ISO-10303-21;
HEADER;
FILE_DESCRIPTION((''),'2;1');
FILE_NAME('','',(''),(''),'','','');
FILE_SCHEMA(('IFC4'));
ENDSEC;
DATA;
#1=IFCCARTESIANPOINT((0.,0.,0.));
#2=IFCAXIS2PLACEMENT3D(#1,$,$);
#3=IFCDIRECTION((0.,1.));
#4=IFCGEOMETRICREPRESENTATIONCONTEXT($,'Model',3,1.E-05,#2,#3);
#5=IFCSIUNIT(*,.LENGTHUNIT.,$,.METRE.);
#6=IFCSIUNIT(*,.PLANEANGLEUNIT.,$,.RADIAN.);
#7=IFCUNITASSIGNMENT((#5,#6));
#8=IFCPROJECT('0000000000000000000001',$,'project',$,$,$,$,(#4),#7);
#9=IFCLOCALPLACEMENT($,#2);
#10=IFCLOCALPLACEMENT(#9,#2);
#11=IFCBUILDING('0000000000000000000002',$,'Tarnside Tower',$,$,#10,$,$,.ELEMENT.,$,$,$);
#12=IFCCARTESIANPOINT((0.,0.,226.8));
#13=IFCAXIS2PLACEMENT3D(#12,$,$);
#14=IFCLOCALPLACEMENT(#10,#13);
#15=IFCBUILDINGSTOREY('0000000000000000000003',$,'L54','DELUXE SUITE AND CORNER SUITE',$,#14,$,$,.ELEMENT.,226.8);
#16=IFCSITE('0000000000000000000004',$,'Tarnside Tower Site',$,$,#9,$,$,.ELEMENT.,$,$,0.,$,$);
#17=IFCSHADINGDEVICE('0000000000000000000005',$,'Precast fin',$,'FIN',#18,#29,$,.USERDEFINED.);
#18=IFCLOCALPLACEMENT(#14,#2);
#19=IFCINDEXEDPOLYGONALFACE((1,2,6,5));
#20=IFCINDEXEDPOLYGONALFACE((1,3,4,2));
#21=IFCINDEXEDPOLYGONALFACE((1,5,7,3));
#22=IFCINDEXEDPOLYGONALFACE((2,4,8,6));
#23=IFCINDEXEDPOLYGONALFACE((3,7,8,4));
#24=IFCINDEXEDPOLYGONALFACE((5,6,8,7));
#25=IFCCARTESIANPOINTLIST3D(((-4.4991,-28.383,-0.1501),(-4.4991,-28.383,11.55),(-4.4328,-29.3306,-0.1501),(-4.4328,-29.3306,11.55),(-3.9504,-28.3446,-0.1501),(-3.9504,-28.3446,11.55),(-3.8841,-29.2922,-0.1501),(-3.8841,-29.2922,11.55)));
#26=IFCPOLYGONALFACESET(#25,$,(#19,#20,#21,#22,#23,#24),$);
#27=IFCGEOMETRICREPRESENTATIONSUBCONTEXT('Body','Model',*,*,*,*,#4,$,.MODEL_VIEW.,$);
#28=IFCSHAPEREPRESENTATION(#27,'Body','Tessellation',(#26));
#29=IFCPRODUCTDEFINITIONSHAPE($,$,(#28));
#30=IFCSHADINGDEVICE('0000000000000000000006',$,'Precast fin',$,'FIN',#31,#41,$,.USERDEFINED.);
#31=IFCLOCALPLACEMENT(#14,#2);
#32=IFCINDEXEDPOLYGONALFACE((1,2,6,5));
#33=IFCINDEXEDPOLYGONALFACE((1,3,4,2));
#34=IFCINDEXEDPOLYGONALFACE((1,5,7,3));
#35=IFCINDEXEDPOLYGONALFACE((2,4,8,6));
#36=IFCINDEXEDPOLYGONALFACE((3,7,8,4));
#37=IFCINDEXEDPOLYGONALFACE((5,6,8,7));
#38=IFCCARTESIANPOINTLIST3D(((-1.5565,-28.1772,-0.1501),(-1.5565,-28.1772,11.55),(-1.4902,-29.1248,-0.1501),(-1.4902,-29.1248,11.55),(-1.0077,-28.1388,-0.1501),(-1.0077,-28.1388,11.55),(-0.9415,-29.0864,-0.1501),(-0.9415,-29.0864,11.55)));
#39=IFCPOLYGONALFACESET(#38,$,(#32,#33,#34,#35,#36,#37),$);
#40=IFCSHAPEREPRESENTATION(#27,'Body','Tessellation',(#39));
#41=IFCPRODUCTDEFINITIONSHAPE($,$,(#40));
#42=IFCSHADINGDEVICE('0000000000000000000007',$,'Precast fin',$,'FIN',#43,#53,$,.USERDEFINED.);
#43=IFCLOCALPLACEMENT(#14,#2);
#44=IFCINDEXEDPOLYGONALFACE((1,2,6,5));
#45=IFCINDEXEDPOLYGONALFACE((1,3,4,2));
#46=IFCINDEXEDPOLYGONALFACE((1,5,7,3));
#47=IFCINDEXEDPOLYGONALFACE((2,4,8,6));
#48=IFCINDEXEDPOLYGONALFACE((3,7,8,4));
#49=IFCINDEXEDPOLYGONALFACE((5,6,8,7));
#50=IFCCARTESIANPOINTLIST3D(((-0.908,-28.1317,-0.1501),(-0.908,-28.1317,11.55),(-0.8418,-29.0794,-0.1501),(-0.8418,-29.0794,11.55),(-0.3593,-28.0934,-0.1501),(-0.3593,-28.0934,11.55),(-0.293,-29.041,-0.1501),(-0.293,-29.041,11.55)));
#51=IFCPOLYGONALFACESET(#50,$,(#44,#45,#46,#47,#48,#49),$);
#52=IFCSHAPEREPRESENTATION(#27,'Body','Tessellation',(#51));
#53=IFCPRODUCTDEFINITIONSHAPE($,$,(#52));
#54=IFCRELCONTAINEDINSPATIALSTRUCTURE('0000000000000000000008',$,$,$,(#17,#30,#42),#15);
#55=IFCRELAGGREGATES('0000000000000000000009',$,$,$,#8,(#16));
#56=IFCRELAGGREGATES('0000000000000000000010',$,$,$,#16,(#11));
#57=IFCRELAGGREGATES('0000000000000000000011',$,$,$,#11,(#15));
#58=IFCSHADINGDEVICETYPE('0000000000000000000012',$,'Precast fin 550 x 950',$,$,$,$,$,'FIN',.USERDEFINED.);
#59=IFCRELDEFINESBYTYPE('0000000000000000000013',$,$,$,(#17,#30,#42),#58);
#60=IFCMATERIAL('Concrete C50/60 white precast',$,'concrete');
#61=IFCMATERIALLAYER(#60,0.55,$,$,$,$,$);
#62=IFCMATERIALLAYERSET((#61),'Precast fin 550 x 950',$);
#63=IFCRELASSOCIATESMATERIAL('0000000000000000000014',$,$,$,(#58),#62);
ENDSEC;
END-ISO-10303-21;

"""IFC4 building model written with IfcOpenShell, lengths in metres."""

from ifc_helpers import new_model, si_unit, direction, frame, origin, place, context, subcontext, project, spatial, polyline, outline, extrude, material, layer, layer_set, type_object, element, save


model = new_model("IFC4")

# Units and contexts
model_context = context("Model", 3, precision=1e-05, world=origin(), true_north=direction((0.0, 1.0)))
body_context = subcontext(model_context, "Body", "Model", "MODEL_VIEW")
ifc_project = project(units=[si_unit("LENGTHUNIT", "METRE"), si_unit("PLANEANGLEUNIT", "RADIAN")], contexts=[model_context])

# Site, building, storey
site_placement = place(None, origin())
site = spatial("IfcSite", under=ifc_project, at=site_placement, Name="Tarnside Tower Site", CompositionType="ELEMENT", RefElevation=0.0)
building_placement = place(site_placement, origin())
building = spatial("IfcBuilding", under=site, at=building_placement, Name="Tarnside Tower", CompositionType="ELEMENT")
storey_placement = place(building_placement, frame((0.0, 0.0, 226.8)))
storey = spatial("IfcBuildingStorey", under=building, at=storey_placement, Name="L54", Description="DELUXE SUITE AND CORNER SUITE", CompositionType="ELEMENT", Elevation=226.8)

# Shading devices
ifc_material_1 = material(Name="Concrete C50/60 white precast", Category="concrete")
ifc_layer_1 = layer(ifc_material_1, 0.55)
ifc_layer_set_1 = layer_set([ifc_layer_1], Name="Precast fin 550 x 950")
shading_device_type = type_object("IfcShadingDeviceType", Name="Precast fin 550 x 950", ElementType="FIN", PredefinedType="USERDEFINED", material=ifc_layer_set_1)
for number, where, z_axis, x_axis, name in (
    (1, (-4.2246, -28.3638, -0.1501), (-0.997564, -0.069756, 0.0), (0.069756, -0.997564, 0.0), "Precast fin"),
    (2, (-1.282, -28.158, -0.1501), (-0.997564, -0.069756, 0.0), (0.069756, -0.997564, 0.0), "Precast fin"),
    (3, (-0.6335, -28.1125, -0.1501), (-0.997564, -0.069756, 0.0), (0.069756, -0.997564, 0.0), "Precast fin"),
):
    element("IfcShadingDevice", number, at=place(storey_placement, frame(where, z_axis=z_axis, x_axis=x_axis)), inside=storey, type_object=shading_device_type, Name=name, ObjectType="FIN", PredefinedType="USERDEFINED", context=body_context, shape_type="SweptSolid", body=[
        extrude(outline(polyline([(0.0, 0.0), (0.95, 0.0), (0.95, 11.7002), (0.0, 11.7002), (0.0, 0.0)])), frame((0.0, 0.0, -0.2749)), (0.0, 0.0, 1.0), 0.55),
    ])

save(model, "model.ifc")
